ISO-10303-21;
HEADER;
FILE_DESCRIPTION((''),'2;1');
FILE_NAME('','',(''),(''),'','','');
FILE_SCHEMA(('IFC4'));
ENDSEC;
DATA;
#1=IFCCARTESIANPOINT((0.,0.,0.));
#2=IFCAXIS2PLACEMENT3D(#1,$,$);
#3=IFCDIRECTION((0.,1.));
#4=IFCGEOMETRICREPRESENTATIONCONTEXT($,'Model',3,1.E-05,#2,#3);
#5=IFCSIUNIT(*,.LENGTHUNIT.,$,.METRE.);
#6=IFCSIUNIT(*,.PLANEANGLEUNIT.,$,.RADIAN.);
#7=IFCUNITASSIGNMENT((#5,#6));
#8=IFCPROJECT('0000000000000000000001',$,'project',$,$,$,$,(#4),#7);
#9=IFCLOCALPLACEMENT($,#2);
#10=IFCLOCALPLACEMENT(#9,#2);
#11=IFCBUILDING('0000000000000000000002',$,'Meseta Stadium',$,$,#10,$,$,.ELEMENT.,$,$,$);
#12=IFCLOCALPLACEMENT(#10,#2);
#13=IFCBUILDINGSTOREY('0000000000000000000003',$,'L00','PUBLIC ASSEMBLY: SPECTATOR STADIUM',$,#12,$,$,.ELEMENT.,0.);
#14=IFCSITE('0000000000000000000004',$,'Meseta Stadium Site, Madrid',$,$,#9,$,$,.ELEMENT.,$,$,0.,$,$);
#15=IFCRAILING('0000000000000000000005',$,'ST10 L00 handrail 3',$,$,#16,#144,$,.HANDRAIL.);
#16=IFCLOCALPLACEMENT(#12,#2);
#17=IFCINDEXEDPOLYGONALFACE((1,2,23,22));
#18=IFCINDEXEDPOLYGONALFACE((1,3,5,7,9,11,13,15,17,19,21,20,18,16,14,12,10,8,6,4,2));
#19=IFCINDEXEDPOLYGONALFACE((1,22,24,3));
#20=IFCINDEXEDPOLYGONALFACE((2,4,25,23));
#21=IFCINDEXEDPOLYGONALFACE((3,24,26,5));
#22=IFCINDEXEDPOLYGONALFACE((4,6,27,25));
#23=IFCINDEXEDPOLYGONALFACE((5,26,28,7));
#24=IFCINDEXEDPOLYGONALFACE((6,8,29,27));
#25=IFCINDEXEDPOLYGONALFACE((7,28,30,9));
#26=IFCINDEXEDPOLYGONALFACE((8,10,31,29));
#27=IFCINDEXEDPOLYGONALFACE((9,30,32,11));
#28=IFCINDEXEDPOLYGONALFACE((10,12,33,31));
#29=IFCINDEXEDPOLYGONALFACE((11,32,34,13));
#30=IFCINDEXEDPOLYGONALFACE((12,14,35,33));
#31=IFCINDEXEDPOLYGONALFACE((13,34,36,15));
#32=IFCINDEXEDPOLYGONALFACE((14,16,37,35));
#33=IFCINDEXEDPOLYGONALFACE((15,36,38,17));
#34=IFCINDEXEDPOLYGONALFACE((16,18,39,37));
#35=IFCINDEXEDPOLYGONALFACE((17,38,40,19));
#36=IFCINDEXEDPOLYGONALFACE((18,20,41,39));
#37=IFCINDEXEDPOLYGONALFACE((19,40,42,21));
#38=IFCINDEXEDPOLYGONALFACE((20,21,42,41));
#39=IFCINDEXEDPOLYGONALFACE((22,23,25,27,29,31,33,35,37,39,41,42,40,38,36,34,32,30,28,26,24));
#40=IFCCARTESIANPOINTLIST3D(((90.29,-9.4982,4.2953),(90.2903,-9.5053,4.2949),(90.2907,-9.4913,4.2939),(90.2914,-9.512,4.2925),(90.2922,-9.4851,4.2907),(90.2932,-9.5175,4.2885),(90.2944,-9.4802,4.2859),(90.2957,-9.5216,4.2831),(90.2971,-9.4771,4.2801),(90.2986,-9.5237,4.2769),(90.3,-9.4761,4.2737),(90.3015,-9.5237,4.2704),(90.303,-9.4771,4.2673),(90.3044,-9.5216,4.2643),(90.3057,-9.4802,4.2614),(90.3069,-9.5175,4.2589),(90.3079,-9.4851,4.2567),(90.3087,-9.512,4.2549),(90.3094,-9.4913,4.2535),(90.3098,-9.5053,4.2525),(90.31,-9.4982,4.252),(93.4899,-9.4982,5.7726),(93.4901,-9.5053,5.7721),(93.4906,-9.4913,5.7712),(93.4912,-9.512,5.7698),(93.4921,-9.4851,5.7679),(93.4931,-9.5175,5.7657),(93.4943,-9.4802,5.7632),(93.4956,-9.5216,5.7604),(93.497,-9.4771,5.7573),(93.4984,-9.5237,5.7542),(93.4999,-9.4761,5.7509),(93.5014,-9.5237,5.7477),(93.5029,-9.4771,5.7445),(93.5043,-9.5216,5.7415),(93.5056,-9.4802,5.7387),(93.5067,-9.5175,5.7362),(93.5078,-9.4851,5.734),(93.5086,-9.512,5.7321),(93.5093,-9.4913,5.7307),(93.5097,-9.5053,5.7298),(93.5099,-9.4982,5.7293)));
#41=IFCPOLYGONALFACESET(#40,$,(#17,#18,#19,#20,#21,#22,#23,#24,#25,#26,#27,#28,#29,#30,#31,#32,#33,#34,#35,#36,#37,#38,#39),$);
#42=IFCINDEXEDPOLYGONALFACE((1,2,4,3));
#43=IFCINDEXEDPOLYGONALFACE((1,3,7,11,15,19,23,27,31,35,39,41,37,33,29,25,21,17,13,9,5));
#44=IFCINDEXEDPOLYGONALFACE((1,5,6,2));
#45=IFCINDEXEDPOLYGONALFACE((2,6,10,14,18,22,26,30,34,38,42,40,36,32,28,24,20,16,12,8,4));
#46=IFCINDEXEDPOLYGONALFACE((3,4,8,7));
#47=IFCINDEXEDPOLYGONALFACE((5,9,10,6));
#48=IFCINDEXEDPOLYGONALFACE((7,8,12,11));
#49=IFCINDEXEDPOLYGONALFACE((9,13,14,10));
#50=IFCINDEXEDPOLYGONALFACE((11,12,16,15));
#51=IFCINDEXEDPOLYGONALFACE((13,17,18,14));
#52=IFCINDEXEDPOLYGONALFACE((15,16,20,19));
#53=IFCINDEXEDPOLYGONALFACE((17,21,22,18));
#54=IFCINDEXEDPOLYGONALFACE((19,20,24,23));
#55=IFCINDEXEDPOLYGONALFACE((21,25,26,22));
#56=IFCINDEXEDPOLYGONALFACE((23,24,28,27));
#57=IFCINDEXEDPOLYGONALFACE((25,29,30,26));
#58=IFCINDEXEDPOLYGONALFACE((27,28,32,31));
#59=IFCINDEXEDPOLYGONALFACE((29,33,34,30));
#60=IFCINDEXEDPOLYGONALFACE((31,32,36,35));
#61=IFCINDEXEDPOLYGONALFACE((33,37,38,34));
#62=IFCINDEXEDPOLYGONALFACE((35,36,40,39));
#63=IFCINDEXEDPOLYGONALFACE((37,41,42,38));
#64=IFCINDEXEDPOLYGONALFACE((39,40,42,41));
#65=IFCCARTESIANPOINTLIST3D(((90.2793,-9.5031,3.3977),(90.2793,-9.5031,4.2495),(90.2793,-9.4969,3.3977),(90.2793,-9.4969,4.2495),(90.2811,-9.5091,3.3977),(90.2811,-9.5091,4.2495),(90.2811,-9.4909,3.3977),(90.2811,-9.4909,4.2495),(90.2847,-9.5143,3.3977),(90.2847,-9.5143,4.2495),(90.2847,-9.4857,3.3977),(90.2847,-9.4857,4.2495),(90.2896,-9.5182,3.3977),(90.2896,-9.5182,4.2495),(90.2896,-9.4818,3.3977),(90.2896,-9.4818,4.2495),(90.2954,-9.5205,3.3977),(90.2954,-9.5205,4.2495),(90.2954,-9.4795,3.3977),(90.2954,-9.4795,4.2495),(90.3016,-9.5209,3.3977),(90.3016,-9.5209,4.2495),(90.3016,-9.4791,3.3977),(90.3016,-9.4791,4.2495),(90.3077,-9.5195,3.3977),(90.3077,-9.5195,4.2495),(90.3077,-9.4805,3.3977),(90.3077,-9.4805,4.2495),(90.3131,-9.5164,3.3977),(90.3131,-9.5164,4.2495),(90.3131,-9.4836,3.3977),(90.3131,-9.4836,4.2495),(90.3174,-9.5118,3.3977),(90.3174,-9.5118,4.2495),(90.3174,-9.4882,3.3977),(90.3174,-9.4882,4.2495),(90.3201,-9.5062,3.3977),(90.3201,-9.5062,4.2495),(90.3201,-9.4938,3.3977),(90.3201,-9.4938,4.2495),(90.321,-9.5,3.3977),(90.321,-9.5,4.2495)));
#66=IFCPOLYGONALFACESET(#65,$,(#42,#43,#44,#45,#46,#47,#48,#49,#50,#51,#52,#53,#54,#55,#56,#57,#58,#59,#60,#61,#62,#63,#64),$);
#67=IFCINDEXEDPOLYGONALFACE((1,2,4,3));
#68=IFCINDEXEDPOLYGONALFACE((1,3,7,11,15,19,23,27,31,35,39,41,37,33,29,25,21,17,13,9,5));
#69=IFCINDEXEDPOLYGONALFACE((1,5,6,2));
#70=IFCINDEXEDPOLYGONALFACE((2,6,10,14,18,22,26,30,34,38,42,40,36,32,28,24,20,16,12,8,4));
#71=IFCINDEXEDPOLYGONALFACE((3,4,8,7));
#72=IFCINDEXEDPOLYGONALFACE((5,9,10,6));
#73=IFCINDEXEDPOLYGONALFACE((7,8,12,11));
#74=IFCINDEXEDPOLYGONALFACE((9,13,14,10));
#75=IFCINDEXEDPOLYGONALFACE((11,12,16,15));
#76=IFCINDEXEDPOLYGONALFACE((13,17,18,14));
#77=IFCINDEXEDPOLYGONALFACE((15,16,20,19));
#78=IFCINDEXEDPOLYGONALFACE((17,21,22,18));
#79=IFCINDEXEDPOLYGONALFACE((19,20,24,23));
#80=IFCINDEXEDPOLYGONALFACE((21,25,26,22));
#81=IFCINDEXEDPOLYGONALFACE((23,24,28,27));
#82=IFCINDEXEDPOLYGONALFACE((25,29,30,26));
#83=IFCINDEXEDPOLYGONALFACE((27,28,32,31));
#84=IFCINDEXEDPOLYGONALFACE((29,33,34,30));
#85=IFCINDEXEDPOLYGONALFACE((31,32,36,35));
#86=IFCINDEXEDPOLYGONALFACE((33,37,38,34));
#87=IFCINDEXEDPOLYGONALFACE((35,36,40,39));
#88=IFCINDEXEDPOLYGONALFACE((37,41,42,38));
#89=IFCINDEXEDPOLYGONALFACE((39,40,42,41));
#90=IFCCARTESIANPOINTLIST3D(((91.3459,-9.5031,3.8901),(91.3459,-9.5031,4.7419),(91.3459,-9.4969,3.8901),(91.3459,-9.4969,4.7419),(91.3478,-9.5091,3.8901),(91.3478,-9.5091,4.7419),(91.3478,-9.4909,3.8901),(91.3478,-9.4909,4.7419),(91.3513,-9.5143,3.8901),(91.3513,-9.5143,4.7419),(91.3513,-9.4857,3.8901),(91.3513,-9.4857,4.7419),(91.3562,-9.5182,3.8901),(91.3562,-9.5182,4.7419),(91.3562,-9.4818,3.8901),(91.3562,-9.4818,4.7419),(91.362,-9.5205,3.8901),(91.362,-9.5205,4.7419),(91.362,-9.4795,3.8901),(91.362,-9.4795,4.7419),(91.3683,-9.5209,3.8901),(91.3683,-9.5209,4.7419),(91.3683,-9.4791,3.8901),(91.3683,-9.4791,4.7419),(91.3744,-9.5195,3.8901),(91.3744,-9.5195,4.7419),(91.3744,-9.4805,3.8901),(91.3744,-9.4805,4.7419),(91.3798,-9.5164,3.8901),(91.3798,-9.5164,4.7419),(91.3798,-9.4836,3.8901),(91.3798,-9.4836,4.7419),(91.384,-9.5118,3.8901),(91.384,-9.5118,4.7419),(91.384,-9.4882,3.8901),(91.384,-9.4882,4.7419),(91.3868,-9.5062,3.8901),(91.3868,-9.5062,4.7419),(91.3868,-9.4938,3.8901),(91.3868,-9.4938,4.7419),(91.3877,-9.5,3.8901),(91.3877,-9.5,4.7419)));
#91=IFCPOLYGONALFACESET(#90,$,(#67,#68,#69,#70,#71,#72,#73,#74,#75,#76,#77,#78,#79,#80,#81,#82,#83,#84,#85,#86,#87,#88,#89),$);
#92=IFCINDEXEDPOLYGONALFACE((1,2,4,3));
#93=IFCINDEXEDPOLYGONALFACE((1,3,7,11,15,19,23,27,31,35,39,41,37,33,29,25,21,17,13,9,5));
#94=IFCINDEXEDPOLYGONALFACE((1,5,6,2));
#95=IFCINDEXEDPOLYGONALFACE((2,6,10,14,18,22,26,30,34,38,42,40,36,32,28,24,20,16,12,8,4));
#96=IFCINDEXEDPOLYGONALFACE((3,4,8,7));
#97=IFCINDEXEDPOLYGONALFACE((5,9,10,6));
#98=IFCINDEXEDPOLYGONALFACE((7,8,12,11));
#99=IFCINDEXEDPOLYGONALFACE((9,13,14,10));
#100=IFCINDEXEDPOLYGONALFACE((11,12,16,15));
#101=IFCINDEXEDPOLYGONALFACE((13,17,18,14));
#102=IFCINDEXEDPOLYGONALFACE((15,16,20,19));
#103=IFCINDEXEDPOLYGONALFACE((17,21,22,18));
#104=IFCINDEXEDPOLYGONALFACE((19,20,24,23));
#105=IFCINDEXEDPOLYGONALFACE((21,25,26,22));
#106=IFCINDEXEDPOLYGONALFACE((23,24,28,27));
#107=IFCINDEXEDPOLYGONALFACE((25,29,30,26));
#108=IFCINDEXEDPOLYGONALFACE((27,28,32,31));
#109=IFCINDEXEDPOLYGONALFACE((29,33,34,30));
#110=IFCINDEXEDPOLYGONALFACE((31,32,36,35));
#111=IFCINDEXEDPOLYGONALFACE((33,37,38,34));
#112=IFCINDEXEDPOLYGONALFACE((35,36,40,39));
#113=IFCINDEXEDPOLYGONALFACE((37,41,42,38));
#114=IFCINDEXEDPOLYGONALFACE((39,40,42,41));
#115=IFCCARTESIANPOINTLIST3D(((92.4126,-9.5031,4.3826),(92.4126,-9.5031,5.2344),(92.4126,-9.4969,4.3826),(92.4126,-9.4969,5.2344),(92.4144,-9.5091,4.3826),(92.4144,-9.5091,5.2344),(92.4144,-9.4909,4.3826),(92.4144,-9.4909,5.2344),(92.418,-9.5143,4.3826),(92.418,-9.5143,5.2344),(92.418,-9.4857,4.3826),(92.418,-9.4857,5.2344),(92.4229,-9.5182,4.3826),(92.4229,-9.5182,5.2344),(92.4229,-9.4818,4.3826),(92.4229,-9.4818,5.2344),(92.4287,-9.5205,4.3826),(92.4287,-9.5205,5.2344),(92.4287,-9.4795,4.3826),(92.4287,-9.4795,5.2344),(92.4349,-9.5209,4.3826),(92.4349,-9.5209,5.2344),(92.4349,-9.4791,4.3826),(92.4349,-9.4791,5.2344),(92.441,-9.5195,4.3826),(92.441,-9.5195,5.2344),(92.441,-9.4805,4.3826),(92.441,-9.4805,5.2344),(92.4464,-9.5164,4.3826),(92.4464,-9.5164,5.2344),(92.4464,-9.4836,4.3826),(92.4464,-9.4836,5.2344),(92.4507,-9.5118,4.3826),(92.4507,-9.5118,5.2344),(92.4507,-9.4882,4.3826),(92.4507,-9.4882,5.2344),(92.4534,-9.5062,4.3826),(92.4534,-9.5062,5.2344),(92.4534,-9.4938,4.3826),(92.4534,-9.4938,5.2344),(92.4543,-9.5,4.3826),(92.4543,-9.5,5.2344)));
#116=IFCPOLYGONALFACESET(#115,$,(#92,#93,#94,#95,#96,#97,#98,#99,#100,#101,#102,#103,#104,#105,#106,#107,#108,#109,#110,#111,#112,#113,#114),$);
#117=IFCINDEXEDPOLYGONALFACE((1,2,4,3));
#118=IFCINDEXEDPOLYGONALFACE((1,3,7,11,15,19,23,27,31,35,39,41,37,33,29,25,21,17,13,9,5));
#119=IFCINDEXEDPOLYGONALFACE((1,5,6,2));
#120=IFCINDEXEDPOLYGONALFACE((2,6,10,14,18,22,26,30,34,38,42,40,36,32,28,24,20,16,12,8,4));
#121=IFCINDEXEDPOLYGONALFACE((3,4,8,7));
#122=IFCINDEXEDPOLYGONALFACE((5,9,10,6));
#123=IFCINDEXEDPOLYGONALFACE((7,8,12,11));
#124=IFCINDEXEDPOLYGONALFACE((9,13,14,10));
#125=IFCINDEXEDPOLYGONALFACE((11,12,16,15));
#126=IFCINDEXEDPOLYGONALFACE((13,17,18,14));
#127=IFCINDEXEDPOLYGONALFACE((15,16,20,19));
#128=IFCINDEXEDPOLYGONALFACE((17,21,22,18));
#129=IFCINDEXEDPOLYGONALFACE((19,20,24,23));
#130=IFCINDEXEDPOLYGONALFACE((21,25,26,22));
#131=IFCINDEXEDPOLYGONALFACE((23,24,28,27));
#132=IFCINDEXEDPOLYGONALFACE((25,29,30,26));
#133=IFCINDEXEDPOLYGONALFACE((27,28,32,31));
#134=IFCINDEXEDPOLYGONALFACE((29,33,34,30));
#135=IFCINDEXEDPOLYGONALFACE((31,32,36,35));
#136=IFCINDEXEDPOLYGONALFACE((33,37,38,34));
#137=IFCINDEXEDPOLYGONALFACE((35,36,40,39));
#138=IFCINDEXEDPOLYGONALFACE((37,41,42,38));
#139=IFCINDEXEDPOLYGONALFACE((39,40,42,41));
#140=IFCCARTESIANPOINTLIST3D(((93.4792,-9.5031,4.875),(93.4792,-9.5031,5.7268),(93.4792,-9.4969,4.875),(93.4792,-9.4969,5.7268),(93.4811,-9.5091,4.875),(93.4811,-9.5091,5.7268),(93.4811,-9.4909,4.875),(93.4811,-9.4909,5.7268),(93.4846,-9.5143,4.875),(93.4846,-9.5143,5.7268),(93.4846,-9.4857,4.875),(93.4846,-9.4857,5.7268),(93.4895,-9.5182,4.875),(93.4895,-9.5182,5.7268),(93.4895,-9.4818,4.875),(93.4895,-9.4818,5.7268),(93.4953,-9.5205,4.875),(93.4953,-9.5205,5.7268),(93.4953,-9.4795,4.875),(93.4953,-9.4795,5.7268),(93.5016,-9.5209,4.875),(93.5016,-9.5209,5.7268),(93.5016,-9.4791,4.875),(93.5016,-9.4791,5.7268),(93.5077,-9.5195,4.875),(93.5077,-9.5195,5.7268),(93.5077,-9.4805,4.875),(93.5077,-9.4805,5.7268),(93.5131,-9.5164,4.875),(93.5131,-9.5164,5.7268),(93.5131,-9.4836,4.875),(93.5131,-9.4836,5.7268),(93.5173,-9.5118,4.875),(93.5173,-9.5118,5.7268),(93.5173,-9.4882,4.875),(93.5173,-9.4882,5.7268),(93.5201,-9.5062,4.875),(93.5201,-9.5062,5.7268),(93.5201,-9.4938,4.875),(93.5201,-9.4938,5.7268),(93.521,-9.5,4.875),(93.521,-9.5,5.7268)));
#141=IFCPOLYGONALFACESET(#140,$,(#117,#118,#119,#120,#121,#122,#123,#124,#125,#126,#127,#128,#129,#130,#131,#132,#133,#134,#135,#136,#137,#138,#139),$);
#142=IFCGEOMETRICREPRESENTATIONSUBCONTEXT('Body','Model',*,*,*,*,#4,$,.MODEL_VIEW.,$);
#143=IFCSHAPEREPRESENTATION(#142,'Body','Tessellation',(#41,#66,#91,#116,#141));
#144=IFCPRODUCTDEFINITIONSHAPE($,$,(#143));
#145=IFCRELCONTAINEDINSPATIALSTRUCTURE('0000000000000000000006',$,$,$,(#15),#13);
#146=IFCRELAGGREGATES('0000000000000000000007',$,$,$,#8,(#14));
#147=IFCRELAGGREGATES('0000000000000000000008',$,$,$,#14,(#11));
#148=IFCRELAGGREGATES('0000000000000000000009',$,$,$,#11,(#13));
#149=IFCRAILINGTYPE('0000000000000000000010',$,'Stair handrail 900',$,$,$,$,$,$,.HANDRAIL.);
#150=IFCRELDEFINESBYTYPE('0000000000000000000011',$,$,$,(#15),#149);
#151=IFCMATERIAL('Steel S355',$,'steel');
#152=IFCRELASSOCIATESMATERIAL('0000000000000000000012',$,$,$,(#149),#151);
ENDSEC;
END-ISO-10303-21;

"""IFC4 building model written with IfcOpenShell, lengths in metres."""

from ifc_helpers import new_model, si_unit, direction, frame, origin, origin_2d, place, context, subcontext, project, spatial, circle, extrude, material, type_object, element, save


model = new_model("IFC4")

# Units and contexts
model_context = context("Model", 3, precision=1e-05, world=origin(), true_north=direction((0.0, 1.0)))
body_context = subcontext(model_context, "Body", "Model", "MODEL_VIEW")
ifc_project = project(units=[si_unit("LENGTHUNIT", "METRE"), si_unit("PLANEANGLEUNIT", "RADIAN")], contexts=[model_context])

# Site, building, storey
site_placement = place(None, origin())
site = spatial("IfcSite", under=ifc_project, at=site_placement, Name="Meseta Stadium Site, Madrid", CompositionType="ELEMENT", RefElevation=0.0)
building_placement = place(site_placement, origin())
building = spatial("IfcBuilding", under=site, at=building_placement, Name="Meseta Stadium", CompositionType="ELEMENT")
storey_placement = place(building_placement, origin())
storey = spatial("IfcBuildingStorey", under=building, at=storey_placement, Name="L00", Description="PUBLIC ASSEMBLY: SPECTATOR STADIUM", CompositionType="ELEMENT", Elevation=0.0)

# Railing
ifc_material_1 = material(Name="Steel S355", Category="steel")
railing_type_1 = type_object("IfcRailingType", Name="Stair handrail 900", PredefinedType="HANDRAIL", material=ifc_material_1)
for number, where, name in (
    (1, (90.3, -9.5, 3.3977), "ST10 L00 handrail 3"),
):
    element("IfcRailing", number, at=place(storey_placement, frame(where)), inside=storey, type_object=railing_type_1, Name=name, PredefinedType="HANDRAIL", context=body_context, shape_type="SweptSolid", body=[
        extrude(circle(Radius=0.0239, at=origin_2d()), frame((0.0, 0.0, 0.876), z_axis=(0.907917, 0.0, 0.41915), x_axis=(0.0, 1.0, 0.0)), (0.0, 0.0, 1.0), 3.5244),
        extrude(circle(Radius=0.021, at=origin_2d()), origin(), (0.0, 0.0, 1.0), 0.8518),
        extrude(circle(Radius=0.021, at=origin_2d()), frame((1.0667, 0.0, 0.4924)), (0.0, 0.0, 1.0), 0.8518),
        extrude(circle(Radius=0.021, at=origin_2d()), frame((2.1333, 0.0, 0.9849)), (0.0, 0.0, 1.0), 0.8518),
        extrude(circle(Radius=0.021, at=origin_2d()), frame((3.2, 0.0, 1.4773)), (0.0, 0.0, 1.0), 0.8518),
    ])

save(model, "model.ifc")
